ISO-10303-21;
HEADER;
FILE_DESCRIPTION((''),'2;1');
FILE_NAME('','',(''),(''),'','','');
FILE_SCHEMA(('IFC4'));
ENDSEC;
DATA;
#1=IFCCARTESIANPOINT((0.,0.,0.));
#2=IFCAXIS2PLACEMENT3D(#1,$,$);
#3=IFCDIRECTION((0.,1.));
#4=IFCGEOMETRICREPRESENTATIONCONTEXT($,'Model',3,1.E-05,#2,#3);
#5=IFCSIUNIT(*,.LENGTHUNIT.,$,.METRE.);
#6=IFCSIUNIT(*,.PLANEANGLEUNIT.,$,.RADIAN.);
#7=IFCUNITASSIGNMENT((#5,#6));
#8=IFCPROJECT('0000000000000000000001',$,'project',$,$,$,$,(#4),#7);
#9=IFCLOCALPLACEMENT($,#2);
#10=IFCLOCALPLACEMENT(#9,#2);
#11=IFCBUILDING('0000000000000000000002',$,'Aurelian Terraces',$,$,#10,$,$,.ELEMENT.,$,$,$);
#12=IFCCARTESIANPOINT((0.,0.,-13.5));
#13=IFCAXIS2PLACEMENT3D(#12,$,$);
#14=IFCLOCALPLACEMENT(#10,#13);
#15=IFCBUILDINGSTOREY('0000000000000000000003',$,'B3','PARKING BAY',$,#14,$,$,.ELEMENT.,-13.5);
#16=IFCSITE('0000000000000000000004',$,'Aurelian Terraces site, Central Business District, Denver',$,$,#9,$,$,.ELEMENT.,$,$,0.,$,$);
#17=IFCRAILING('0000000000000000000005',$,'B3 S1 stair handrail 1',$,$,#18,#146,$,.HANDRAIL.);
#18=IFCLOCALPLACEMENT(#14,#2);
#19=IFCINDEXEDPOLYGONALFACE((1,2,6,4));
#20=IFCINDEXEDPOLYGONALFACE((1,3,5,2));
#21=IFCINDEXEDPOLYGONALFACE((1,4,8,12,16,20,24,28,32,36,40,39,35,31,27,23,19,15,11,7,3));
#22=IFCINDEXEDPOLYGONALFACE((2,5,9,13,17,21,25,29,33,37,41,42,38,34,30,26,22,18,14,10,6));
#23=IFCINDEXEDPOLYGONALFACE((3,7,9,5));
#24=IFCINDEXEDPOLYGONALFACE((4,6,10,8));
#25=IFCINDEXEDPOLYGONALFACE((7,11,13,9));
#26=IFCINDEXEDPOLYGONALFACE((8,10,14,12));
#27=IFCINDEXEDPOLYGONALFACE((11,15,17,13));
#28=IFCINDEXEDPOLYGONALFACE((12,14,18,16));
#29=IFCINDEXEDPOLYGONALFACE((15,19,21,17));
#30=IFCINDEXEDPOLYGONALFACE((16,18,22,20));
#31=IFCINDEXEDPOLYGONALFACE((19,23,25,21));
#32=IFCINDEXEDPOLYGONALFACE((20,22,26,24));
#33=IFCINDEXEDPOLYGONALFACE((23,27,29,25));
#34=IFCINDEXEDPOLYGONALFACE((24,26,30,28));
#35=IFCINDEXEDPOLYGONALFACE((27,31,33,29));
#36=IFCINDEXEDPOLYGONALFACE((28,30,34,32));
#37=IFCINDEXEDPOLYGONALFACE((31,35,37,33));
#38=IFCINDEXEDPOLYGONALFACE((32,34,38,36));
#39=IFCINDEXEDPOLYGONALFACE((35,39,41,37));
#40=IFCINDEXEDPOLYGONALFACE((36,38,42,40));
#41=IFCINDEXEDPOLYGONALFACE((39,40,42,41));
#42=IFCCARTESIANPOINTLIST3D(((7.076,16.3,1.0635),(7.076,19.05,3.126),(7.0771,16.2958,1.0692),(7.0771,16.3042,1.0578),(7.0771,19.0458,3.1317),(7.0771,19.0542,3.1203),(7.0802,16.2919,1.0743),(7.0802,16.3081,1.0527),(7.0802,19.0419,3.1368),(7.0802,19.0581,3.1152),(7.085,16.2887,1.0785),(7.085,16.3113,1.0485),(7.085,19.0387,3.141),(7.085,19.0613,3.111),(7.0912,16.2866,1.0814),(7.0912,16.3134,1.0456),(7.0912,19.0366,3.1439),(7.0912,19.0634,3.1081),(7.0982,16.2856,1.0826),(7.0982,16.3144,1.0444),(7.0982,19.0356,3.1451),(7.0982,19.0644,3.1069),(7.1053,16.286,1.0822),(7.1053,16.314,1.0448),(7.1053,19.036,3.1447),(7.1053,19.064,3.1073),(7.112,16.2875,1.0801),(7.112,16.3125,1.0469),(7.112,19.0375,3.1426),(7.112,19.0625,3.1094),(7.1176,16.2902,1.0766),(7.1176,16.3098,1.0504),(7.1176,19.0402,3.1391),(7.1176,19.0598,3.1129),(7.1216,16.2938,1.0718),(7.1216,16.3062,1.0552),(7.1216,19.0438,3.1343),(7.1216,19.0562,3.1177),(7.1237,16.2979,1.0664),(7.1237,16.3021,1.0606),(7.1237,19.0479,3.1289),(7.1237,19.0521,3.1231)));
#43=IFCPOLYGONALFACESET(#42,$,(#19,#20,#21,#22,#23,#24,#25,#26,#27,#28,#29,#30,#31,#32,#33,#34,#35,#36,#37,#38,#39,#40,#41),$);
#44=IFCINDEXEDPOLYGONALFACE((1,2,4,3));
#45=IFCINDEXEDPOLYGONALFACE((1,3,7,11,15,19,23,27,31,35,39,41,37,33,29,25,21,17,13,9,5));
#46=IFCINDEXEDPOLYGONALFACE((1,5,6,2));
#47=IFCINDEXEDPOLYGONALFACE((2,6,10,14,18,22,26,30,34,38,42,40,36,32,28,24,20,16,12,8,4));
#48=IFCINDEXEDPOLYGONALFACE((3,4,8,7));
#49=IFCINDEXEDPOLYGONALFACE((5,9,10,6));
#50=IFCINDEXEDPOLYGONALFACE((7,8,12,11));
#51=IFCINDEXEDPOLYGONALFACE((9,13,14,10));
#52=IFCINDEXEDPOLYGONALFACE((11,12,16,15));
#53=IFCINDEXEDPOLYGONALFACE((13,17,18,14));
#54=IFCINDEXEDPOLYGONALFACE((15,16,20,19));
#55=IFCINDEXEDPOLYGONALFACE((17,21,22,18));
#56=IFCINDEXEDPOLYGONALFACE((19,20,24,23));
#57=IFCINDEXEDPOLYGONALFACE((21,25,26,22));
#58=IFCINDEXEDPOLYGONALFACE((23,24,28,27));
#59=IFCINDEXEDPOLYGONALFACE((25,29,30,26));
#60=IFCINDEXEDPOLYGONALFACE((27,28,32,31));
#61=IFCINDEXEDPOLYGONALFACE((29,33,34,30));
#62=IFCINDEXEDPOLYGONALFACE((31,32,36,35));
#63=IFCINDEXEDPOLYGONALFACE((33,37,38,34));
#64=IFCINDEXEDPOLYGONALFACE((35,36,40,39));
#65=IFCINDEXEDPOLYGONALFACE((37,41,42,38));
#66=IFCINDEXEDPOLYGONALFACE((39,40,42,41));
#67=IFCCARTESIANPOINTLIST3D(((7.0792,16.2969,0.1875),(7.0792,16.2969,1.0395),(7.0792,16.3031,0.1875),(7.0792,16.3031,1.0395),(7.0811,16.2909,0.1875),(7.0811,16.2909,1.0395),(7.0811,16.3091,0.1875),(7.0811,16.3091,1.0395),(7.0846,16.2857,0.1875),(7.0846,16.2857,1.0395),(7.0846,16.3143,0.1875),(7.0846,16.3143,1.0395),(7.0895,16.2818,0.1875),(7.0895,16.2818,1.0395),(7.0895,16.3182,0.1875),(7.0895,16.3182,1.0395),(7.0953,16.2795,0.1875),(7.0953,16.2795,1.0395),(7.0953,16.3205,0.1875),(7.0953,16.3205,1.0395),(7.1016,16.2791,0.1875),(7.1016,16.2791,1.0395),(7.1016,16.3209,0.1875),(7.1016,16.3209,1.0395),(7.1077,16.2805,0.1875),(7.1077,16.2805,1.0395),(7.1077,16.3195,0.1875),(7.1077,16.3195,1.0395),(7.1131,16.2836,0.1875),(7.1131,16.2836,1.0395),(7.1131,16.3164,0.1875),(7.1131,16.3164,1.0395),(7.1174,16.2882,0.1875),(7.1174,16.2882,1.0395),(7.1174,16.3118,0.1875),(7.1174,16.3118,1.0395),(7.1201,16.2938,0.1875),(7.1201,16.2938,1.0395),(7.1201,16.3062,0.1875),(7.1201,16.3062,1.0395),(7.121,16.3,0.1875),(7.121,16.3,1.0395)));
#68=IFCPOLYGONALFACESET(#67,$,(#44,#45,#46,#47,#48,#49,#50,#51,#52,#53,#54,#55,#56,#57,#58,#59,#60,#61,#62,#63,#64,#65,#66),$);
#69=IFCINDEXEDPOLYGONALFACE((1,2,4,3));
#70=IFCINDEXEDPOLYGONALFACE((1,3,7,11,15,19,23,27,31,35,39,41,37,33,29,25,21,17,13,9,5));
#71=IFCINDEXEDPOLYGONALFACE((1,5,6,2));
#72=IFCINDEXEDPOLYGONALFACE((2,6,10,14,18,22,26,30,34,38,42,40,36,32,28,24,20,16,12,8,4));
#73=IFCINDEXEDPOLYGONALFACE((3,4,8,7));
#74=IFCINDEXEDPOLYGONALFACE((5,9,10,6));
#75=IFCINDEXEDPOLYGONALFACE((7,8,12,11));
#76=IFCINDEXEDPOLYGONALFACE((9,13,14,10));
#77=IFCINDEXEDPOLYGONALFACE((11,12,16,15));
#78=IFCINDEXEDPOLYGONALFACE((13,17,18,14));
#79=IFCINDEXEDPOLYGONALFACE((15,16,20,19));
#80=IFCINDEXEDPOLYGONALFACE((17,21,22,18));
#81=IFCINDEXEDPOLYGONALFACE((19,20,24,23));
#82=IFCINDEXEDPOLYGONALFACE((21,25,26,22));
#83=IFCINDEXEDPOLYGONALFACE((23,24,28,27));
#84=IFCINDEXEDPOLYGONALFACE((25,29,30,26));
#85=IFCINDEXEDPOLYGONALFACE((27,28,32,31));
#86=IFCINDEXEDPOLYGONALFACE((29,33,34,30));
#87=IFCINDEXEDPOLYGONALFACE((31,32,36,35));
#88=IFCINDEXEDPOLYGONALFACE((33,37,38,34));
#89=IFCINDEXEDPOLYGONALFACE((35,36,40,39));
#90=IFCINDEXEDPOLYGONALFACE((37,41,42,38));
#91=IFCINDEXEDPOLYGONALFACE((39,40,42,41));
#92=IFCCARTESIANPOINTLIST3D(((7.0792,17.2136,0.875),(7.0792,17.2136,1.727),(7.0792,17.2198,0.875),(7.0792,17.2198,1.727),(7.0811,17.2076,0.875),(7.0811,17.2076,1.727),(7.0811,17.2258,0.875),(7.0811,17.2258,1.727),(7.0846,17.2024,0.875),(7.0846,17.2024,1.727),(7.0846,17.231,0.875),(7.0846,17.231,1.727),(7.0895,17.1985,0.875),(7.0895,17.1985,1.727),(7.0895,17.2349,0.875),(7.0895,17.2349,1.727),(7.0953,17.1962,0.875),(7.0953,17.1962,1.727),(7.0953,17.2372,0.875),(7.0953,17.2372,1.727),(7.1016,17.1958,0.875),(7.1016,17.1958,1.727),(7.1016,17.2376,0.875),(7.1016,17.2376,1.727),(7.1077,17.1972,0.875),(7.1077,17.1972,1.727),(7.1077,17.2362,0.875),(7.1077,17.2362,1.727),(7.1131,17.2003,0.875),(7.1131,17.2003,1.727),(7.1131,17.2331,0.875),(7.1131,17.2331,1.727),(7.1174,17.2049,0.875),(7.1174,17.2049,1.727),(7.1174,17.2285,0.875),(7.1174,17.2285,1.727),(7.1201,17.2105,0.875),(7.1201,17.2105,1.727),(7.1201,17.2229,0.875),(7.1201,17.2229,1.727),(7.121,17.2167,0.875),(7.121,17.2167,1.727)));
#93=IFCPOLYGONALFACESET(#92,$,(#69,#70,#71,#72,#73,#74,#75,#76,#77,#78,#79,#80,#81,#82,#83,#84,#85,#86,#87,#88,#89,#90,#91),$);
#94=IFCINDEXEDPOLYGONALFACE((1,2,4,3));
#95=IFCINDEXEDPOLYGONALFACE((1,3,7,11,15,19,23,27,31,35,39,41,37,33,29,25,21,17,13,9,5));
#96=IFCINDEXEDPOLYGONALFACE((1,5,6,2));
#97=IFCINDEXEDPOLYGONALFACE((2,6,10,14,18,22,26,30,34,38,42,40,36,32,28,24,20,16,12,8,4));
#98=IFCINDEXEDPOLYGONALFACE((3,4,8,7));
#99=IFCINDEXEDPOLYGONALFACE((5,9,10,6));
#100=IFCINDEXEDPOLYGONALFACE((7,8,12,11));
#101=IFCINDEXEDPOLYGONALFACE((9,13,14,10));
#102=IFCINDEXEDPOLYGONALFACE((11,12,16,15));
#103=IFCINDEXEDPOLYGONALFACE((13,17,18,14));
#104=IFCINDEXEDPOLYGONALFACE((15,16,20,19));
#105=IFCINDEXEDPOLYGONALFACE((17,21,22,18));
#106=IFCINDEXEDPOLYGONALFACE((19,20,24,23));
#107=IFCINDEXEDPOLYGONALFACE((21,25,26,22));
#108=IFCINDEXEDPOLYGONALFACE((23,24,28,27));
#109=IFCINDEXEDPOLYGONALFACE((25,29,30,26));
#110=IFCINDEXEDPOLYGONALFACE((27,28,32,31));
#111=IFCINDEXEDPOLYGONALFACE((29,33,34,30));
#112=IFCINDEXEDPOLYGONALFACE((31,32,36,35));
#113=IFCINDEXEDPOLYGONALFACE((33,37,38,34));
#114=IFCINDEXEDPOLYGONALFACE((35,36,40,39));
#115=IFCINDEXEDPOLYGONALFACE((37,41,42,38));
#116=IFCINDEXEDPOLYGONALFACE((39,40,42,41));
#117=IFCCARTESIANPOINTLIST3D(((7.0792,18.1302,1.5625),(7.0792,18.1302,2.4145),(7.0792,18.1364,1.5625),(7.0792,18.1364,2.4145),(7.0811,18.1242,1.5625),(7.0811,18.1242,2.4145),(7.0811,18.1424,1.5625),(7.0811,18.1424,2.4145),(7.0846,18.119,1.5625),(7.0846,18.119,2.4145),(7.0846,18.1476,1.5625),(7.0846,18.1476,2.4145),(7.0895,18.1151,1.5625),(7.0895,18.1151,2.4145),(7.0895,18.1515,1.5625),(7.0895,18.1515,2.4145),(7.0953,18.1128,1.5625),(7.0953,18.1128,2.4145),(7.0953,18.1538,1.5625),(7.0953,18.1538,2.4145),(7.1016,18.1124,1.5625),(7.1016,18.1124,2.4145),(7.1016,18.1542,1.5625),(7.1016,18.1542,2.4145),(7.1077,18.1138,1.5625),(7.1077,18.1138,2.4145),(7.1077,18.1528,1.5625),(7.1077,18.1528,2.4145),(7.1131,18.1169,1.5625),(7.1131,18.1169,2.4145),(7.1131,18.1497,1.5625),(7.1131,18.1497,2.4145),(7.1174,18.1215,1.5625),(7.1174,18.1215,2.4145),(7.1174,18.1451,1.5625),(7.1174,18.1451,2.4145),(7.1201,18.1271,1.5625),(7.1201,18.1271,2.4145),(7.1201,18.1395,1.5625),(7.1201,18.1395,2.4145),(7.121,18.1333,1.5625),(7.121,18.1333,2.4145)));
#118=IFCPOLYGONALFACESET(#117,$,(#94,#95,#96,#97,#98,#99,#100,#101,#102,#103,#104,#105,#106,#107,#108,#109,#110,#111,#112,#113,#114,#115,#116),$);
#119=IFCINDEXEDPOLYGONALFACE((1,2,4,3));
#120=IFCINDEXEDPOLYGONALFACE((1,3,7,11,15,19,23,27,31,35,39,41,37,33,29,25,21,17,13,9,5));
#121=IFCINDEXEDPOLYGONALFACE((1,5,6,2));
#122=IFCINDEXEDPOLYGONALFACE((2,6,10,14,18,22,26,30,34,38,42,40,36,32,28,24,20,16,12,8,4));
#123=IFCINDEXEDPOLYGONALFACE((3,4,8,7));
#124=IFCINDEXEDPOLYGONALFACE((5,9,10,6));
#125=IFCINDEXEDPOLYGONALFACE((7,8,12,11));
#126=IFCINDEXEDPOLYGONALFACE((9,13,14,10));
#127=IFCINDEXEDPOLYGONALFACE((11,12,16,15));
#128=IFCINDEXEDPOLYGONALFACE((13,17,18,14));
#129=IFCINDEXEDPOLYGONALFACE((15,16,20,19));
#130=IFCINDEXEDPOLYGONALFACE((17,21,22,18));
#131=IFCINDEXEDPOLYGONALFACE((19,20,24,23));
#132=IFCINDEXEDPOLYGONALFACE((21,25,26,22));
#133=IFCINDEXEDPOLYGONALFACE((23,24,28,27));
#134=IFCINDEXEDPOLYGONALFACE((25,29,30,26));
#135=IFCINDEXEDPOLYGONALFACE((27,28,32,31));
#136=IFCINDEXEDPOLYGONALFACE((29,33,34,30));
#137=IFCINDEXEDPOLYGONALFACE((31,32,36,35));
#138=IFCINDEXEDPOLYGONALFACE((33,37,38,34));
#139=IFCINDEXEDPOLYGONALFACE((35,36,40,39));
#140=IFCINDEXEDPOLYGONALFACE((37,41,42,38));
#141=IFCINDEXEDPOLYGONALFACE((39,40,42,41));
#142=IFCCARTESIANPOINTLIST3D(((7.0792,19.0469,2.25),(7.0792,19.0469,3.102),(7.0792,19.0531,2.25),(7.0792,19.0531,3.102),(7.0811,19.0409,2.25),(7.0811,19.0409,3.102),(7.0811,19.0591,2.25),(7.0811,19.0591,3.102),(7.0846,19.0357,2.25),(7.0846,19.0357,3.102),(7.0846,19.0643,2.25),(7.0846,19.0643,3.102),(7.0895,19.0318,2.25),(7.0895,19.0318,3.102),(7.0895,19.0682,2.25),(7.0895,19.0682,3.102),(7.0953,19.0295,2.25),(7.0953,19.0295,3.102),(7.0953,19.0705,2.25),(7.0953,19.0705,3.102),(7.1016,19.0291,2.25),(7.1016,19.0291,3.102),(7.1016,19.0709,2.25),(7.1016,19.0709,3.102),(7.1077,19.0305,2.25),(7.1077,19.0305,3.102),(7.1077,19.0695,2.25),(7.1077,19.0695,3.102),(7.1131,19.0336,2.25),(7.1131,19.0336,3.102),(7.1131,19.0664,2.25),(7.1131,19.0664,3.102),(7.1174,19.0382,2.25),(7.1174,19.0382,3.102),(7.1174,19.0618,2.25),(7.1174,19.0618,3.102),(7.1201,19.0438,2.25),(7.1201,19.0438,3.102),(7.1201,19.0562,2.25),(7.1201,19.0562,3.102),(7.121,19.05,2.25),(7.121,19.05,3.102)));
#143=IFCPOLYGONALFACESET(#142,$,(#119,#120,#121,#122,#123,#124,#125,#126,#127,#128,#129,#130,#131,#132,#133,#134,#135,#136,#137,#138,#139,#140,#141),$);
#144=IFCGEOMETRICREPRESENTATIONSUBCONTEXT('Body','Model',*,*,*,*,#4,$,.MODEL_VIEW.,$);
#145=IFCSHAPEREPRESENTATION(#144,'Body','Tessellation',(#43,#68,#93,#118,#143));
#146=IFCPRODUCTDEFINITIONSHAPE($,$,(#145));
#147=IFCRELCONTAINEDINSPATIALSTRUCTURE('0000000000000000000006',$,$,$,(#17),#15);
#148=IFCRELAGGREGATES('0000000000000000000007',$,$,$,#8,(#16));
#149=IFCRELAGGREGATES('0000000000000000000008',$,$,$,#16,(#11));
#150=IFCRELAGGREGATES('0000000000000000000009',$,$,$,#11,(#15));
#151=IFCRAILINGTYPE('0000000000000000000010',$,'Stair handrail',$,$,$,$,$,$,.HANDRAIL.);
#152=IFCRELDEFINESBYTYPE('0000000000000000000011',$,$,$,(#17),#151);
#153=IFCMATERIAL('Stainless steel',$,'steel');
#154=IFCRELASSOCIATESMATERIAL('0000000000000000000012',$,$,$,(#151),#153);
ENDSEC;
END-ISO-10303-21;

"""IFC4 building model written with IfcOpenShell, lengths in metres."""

from ifc_helpers import new_model, si_unit, direction, frame, origin, origin_2d, place, context, subcontext, project, spatial, circle, extrude, material, type_object, element, save


model = new_model("IFC4")

# Units and contexts
model_context = context("Model", 3, precision=1e-05, world=origin(), true_north=direction((0.0, 1.0)))
body_context = subcontext(model_context, "Body", "Model", "MODEL_VIEW")
ifc_project = project(units=[si_unit("LENGTHUNIT", "METRE"), si_unit("PLANEANGLEUNIT", "RADIAN")], contexts=[model_context])

# Site, building, storey
site_placement = place(None, origin())
site = spatial("IfcSite", under=ifc_project, at=site_placement, Name="Aurelian Terraces site, Central Business District, Denver", CompositionType="ELEMENT", RefElevation=0.0)
building_placement = place(site_placement, origin())
building = spatial("IfcBuilding", under=site, at=building_placement, Name="Aurelian Terraces", CompositionType="ELEMENT")
storey_placement = place(building_placement, frame((0.0, 0.0, -13.5)))
storey = spatial("IfcBuildingStorey", under=building, at=storey_placement, Name="B3", Description="PARKING BAY", CompositionType="ELEMENT", Elevation=-13.5)

# Shared definitions
ifc_material_1 = material(Name="Stainless steel", Category="steel")

# Railing
railing_type_1 = type_object("IfcRailingType", Name="Stair handrail", PredefinedType="HANDRAIL", material=ifc_material_1)
railing_1_placement = place(storey_placement, frame((7.1, 16.3, 0.1875)))
element("IfcRailing", 1, at=railing_1_placement, inside=storey, type_object=railing_type_1, Name="B3 S1 stair handrail 1", PredefinedType="HANDRAIL", context=body_context, shape_type="SweptSolid", body=[
    extrude(circle(Radius=0.024, at=origin_2d()), frame((0.0, 0.0, 0.876), z_axis=(0.0, 0.8, 0.6), x_axis=(-1.0, 0.0, 0.0)), (0.0, 0.0, 1.0), 3.4375),
    extrude(circle(Radius=0.021, at=origin_2d()), origin(), (0.0, 0.0, 1.0), 0.852),
    extrude(circle(Radius=0.021, at=origin_2d()), frame((0.0, 0.9167, 0.6875)), (0.0, 0.0, 1.0), 0.852),
    extrude(circle(Radius=0.021, at=origin_2d()), frame((0.0, 1.8333, 1.375)), (0.0, 0.0, 1.0), 0.852),
    extrude(circle(Radius=0.021, at=origin_2d()), frame((0.0, 2.75, 2.0625)), (0.0, 0.0, 1.0), 0.852),
])

save(model, "model.ifc")
